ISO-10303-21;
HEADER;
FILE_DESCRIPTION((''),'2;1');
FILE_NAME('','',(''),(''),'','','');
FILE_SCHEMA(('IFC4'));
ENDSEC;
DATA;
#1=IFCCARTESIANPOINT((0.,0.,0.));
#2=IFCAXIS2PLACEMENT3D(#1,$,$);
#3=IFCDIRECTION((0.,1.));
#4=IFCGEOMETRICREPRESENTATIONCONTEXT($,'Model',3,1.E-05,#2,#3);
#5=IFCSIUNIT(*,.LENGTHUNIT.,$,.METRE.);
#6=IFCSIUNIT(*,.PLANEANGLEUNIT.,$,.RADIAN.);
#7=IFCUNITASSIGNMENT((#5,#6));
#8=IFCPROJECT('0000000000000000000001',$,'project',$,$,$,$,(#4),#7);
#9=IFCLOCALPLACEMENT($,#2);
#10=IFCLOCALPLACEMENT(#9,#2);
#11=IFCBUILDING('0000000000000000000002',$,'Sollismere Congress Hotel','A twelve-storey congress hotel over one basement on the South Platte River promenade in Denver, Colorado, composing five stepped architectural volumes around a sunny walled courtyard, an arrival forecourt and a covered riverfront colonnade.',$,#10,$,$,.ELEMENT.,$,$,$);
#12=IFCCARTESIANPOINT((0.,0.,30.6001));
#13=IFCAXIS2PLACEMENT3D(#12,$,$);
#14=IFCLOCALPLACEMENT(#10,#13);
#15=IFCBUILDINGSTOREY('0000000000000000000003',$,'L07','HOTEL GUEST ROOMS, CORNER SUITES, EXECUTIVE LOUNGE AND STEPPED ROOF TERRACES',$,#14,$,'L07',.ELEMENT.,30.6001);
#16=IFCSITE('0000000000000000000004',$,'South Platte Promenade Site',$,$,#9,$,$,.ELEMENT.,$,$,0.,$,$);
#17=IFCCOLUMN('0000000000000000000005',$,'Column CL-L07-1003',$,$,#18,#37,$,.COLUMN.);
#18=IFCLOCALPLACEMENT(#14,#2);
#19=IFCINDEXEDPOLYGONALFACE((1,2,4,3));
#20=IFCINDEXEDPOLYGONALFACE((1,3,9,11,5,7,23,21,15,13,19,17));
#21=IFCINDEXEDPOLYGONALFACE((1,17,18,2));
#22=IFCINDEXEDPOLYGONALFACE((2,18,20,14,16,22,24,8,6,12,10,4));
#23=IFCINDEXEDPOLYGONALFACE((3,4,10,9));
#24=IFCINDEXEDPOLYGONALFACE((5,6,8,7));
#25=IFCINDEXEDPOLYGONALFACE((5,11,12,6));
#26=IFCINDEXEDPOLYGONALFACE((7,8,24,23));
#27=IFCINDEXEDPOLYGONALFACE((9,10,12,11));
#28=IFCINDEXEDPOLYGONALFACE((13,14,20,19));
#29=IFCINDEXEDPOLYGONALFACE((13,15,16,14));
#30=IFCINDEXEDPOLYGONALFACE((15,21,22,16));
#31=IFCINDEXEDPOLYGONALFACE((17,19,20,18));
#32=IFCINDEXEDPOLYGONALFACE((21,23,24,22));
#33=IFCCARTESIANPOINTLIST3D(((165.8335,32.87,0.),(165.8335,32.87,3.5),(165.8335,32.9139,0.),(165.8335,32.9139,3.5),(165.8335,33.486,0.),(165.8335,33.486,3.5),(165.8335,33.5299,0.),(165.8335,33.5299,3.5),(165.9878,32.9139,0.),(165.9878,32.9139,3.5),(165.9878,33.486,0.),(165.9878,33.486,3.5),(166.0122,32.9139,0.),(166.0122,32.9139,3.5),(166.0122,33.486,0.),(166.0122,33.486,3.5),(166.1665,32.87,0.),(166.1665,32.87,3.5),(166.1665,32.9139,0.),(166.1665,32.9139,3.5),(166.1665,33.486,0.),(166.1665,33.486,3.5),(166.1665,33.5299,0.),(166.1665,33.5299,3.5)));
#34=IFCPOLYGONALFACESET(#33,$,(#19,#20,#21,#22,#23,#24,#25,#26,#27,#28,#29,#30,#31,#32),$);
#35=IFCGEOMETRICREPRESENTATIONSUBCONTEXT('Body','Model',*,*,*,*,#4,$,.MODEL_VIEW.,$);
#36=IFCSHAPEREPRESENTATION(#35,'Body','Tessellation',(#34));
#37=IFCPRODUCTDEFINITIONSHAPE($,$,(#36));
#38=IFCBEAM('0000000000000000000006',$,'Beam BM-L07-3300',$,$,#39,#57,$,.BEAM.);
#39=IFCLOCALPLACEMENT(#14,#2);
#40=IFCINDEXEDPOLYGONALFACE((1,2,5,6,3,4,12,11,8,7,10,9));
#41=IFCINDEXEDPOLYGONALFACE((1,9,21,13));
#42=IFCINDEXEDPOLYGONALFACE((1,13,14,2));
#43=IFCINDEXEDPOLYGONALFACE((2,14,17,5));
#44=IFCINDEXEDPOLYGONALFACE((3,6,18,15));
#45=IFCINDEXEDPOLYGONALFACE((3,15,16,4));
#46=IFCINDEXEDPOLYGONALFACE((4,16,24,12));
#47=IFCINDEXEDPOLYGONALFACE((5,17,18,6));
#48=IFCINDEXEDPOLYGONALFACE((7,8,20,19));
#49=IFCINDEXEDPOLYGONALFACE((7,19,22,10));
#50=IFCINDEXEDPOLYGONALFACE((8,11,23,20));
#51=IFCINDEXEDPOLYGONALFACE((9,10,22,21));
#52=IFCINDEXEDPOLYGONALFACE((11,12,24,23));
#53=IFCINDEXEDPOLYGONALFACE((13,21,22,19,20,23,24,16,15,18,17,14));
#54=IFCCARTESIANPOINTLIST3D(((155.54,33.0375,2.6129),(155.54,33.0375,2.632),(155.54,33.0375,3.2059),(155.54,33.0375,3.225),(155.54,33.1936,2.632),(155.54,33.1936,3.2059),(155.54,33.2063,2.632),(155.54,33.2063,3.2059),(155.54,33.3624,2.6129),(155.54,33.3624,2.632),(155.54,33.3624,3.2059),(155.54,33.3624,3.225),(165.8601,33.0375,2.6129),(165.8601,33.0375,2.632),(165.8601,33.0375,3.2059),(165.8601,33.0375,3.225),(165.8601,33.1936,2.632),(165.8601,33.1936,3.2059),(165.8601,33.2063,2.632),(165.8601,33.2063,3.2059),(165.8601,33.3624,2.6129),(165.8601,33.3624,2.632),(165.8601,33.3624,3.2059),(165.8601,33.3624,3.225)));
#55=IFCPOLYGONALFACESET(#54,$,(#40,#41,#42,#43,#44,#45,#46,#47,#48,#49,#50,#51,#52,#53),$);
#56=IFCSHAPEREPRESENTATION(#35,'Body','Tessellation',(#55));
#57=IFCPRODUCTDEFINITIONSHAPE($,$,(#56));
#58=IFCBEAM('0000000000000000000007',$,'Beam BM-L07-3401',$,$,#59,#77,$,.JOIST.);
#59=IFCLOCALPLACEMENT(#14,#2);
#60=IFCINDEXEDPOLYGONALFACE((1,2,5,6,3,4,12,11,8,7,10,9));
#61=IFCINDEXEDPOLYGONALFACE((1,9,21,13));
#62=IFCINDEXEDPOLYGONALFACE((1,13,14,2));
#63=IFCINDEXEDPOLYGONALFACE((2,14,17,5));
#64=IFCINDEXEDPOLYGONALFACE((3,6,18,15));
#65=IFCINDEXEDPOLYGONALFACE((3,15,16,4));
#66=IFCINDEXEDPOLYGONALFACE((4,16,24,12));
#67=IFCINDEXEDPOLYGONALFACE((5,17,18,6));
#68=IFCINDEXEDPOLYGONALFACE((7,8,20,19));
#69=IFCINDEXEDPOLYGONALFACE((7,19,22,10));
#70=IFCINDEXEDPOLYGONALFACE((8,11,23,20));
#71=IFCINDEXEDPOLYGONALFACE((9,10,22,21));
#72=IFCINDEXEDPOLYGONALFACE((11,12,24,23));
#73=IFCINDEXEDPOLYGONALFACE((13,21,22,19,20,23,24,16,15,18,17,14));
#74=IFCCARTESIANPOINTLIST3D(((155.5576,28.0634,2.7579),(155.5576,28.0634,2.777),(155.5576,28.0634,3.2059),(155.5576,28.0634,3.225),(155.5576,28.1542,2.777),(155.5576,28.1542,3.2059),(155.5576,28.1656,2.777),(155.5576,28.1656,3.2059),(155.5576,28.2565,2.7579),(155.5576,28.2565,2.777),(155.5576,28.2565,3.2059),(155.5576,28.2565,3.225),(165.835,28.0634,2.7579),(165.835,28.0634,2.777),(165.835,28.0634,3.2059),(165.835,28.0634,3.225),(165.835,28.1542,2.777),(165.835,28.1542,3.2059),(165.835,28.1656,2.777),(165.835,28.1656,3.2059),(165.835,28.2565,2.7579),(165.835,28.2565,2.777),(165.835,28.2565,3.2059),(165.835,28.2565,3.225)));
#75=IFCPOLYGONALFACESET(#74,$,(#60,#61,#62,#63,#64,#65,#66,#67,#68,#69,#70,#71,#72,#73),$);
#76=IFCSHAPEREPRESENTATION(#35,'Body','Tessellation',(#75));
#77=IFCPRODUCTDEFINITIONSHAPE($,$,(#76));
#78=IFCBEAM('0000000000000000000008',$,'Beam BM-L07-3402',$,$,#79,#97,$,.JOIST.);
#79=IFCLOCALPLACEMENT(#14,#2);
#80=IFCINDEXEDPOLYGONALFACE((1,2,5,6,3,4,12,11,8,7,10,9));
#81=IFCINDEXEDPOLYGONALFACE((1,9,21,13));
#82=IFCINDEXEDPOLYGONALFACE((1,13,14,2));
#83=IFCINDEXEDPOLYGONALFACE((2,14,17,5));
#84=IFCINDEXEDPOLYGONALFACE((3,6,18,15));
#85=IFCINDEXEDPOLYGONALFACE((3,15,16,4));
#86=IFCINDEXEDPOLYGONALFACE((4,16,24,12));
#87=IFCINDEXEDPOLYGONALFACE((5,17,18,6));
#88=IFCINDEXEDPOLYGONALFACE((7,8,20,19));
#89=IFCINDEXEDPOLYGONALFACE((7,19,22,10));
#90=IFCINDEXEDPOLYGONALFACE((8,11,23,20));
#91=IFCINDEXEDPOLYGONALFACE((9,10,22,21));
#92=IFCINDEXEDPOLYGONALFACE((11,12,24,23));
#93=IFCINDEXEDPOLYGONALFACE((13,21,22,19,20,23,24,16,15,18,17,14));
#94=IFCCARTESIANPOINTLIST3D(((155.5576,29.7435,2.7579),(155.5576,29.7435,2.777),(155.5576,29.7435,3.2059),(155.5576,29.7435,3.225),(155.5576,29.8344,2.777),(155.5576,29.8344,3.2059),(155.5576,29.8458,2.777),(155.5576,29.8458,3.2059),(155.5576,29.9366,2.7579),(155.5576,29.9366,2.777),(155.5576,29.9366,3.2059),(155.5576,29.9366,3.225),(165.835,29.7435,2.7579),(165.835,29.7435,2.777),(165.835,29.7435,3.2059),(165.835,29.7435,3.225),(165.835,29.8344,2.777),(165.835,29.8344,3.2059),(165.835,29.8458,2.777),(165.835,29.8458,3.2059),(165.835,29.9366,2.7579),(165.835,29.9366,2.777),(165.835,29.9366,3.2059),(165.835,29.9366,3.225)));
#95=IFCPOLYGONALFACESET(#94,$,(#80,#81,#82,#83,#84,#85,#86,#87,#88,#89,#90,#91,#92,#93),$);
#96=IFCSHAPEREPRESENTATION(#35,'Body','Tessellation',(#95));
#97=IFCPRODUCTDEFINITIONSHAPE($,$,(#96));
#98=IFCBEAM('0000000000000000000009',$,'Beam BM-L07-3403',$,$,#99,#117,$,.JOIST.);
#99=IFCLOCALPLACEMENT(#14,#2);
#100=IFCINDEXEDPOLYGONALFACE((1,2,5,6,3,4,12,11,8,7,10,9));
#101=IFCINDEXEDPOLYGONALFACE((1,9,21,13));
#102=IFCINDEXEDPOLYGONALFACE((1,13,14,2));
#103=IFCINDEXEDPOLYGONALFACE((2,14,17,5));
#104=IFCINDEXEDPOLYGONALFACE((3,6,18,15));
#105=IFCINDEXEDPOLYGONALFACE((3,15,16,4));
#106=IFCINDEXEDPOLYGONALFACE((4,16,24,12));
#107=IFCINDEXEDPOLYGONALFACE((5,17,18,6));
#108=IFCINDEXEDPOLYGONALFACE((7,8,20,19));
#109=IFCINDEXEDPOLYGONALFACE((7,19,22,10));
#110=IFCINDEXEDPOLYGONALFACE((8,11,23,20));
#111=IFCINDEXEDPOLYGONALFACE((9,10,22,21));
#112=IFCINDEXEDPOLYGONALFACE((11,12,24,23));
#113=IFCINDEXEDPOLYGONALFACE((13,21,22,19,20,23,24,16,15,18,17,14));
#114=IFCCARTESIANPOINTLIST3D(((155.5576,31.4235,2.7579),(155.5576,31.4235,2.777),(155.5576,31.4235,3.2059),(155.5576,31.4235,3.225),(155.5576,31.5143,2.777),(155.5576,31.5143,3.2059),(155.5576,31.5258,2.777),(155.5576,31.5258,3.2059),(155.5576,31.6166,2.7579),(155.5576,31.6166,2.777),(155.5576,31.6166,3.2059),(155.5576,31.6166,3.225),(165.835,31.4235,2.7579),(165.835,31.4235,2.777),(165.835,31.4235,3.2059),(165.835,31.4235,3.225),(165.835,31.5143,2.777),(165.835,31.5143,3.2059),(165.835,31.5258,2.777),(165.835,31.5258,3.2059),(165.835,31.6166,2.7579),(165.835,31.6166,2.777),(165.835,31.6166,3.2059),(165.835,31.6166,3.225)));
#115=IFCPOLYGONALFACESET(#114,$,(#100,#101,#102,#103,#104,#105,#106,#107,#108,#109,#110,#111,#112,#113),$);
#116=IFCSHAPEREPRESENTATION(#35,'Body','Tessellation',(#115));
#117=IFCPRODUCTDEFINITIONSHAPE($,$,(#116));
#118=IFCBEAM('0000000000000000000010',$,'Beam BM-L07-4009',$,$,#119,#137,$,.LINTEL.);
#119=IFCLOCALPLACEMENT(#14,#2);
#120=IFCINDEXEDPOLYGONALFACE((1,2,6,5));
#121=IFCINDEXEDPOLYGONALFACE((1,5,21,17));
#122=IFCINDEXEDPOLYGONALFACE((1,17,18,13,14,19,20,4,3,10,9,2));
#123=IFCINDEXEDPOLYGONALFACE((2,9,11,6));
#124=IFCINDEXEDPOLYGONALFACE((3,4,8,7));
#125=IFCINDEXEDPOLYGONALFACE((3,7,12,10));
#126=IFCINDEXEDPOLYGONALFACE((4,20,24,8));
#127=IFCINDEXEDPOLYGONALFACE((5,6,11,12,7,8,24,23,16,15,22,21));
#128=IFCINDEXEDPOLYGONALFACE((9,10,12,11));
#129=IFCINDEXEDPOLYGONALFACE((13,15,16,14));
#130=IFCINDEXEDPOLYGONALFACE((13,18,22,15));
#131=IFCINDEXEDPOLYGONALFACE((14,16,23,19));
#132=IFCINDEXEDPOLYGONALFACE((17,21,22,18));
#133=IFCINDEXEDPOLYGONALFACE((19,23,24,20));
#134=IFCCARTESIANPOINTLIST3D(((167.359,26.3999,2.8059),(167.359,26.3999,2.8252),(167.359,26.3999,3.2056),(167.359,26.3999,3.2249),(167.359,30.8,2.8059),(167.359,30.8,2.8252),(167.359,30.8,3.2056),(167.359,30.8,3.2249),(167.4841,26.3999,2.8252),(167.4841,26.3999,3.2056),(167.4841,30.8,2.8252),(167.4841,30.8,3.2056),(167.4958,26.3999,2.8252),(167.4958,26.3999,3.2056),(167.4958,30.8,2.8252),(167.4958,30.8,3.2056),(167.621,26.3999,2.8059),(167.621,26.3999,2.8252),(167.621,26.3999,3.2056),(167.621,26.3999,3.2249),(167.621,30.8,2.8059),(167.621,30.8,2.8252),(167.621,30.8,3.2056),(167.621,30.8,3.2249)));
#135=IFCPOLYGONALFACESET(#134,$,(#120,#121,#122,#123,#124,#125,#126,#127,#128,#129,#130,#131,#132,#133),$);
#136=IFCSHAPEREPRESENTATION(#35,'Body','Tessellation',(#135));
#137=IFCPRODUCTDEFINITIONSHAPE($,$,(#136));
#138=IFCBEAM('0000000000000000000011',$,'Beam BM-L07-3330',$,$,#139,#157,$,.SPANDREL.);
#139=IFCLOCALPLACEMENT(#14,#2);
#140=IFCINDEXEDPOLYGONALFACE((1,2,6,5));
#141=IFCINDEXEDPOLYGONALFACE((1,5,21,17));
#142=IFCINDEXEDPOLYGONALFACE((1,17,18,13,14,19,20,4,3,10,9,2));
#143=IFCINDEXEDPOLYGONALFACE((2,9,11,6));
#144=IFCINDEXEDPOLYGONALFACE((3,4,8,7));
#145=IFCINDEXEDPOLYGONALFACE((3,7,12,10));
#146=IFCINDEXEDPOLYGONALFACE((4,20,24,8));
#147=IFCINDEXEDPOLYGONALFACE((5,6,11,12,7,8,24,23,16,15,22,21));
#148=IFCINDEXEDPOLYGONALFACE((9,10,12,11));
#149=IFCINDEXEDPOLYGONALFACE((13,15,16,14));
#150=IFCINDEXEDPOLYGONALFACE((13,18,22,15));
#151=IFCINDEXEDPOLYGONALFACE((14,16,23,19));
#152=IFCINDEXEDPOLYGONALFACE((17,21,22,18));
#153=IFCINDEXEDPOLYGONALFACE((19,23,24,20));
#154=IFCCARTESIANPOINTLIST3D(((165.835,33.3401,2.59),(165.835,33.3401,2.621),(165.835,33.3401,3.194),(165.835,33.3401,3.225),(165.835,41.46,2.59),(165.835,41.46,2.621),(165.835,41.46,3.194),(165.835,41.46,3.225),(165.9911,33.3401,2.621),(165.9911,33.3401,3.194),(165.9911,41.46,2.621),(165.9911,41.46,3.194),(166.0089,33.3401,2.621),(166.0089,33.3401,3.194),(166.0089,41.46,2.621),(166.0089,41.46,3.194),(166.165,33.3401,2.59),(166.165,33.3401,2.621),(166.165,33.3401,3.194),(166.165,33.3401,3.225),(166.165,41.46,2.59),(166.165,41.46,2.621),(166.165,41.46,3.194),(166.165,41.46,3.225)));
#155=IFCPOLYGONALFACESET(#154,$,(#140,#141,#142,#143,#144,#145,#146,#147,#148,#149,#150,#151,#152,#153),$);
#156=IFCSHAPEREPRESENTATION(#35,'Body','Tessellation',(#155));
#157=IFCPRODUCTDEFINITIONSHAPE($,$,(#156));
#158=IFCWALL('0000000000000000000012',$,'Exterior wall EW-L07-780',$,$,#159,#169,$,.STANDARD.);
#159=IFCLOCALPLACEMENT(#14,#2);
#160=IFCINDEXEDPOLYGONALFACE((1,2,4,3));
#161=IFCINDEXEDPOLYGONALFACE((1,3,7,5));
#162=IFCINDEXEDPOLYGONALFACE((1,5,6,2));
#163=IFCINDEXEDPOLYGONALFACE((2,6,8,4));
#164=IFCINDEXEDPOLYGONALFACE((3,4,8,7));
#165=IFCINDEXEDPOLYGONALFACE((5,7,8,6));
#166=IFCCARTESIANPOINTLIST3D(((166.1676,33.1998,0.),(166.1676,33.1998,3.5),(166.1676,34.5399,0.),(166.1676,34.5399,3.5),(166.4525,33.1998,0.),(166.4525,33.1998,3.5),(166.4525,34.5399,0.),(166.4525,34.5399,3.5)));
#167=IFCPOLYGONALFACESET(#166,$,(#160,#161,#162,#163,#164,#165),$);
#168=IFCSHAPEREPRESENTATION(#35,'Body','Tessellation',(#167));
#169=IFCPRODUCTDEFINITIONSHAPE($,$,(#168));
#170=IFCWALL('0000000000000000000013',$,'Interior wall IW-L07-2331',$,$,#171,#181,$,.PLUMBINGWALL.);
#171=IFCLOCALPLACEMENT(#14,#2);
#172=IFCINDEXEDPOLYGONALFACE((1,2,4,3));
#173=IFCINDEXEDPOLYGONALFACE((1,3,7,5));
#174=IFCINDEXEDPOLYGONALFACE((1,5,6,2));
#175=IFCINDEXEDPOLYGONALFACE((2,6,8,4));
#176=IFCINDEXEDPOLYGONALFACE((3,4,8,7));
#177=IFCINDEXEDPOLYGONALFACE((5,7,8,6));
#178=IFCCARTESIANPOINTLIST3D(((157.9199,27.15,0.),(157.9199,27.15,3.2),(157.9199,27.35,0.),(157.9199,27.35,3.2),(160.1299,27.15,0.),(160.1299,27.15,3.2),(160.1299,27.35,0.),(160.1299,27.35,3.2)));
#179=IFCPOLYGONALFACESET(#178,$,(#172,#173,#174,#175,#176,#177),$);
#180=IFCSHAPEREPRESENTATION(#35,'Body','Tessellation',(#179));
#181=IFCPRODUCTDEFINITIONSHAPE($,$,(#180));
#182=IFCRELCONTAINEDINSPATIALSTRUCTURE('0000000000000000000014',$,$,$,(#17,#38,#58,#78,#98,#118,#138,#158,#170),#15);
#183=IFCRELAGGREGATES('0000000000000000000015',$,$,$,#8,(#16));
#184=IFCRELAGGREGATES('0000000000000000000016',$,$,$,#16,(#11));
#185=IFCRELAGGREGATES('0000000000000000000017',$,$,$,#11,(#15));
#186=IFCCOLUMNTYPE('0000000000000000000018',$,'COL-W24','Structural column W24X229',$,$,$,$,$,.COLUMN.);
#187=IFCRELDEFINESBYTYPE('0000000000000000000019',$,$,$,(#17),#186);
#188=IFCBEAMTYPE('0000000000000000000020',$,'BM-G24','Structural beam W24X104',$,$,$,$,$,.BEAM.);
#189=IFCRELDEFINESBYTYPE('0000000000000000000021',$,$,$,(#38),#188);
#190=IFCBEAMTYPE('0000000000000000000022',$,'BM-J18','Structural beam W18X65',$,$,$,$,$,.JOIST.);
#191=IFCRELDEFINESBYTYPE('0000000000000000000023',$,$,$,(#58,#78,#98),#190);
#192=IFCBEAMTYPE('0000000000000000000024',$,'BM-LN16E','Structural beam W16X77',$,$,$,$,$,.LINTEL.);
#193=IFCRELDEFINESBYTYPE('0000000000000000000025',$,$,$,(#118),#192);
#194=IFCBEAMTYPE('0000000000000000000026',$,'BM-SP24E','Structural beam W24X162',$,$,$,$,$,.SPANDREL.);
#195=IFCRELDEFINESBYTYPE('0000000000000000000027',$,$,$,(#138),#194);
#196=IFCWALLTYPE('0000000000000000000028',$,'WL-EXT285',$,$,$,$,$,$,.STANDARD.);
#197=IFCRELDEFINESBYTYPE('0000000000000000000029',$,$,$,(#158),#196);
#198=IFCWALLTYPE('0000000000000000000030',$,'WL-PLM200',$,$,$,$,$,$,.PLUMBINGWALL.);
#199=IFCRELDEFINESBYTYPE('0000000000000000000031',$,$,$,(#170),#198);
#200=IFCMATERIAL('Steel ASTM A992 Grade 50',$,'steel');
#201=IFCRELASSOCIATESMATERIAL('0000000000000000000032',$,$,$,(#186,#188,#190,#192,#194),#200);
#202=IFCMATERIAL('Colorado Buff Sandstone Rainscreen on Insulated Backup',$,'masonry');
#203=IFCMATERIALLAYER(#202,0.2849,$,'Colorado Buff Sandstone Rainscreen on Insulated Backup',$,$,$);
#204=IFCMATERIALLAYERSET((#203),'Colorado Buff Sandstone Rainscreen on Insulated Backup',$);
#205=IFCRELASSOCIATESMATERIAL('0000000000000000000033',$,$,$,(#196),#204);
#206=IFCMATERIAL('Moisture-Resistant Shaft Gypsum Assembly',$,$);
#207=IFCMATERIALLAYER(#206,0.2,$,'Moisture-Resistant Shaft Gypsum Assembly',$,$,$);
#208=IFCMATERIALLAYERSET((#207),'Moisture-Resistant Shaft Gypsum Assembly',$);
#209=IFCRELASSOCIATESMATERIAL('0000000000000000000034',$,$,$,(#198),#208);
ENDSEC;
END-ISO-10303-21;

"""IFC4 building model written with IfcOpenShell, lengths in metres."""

from ifc_helpers import new_model, si_unit, direction, frame, frame_2d, origin, origin_2d, place, context, subcontext, project, spatial, rectangle, i_section, extrude, material, layer, layer_set, material_profile, profile_set, type_object, element, save


model = new_model("IFC4")

# Units and contexts
model_context = context("Model", 3, precision=1e-05, world=origin(), true_north=direction((0.0, 1.0)))
body_context = subcontext(model_context, "Body", "Model", "MODEL_VIEW")
ifc_project = project(units=[si_unit("LENGTHUNIT", "METRE"), si_unit("PLANEANGLEUNIT", "RADIAN")], contexts=[model_context])

# Site, building, storey
site_placement = place(None, origin())
site = spatial("IfcSite", under=ifc_project, at=site_placement, Name="South Platte Promenade Site", CompositionType="ELEMENT", RefElevation=0.0)
building_placement = place(site_placement, origin())
building = spatial("IfcBuilding", under=site, at=building_placement, Name="Sollismere Congress Hotel", Description="A twelve-storey congress hotel over one basement on the South Platte River promenade in Denver, Colorado, composing five stepped architectural volumes around a sunny walled courtyard, an arrival forecourt and a covered riverfront colonnade.", CompositionType="ELEMENT")
storey_placement = place(building_placement, frame((0.0, 0.0, 30.6001)))
storey = spatial("IfcBuildingStorey", under=building, at=storey_placement, Name="L07", Description="HOTEL GUEST ROOMS, CORNER SUITES, EXECUTIVE LOUNGE AND STEPPED ROOF TERRACES", LongName="L07", CompositionType="ELEMENT", Elevation=30.6001)

# Column
ifc_material_1 = material(Name="Steel ASTM A992 Grade 50", Category="steel")
ifc_material_profile_1 = material_profile(ifc_material_1, i_section(OverallWidth=0.333, OverallDepth=0.6599, WebThickness=0.0244, FlangeThickness=0.0439, at=origin_2d()), Name="W24X229")
ifc_profile_set_1 = profile_set([ifc_material_profile_1], Name="Steel ASTM A992 Grade 50")
column_type = type_object("IfcColumnType", Name="COL-W24", Description="Structural column W24X229", PredefinedType="COLUMN", material=ifc_profile_set_1)
column_placement = place(storey_placement, frame((166.0, 33.2, 0.0), z_axis=(0.0, 0.0, 1.0), x_axis=(1.0, 0.0, 0.0)))
element("IfcColumn", 1, at=column_placement, inside=storey, type_object=column_type, Name="Column CL-L07-1003", PredefinedType="COLUMN", context=body_context, shape_type="SweptSolid", body=[
    extrude(i_section(OverallWidth=0.333, OverallDepth=0.6599, WebThickness=0.0244, FlangeThickness=0.0439, at=origin_2d()), origin(), (0.0, 0.0, 1.0), 3.5),
])

# Beams
ifc_material_profile_2 = material_profile(ifc_material_1, i_section(OverallWidth=0.325, OverallDepth=0.6121, WebThickness=0.0127, FlangeThickness=0.019, at=origin_2d()), Name="W24X104")
ifc_profile_set_2 = profile_set([ifc_material_profile_2], Name="Steel ASTM A992 Grade 50")
beam_type_1 = type_object("IfcBeamType", Name="BM-G24", Description="Structural beam W24X104", PredefinedType="BEAM", material=ifc_profile_set_2)
beam_1_placement = place(storey_placement, frame((155.54, 33.2, 2.9189), z_axis=(1.0, 0.0, 0.0), x_axis=(0.0, 1.0, 0.0)))
element("IfcBeam", 2, at=beam_1_placement, inside=storey, type_object=beam_type_1, Name="Beam BM-L07-3300", PredefinedType="BEAM", context=body_context, shape_type="SweptSolid", body=[
    extrude(i_section(OverallWidth=0.325, OverallDepth=0.6121, WebThickness=0.0127, FlangeThickness=0.019, at=origin_2d()), origin(), (0.0, 0.0, 1.0), 10.3201),
])
ifc_material_profile_3 = material_profile(ifc_material_1, i_section(OverallWidth=0.1931, OverallDepth=0.467, WebThickness=0.0115, FlangeThickness=0.019, at=origin_2d()), Name="W18X65")
ifc_profile_set_3 = profile_set([ifc_material_profile_3], Name="Steel ASTM A992 Grade 50")
beam_type_2 = type_object("IfcBeamType", Name="BM-J18", Description="Structural beam W18X65", PredefinedType="JOIST", material=ifc_profile_set_3)
for number, where, z_axis, x_axis, name in (
    (3, (155.5576, 28.1599, 2.9915), (1.0, 0.0, 0.0), (0.0, 1.0, 0.0), "Beam BM-L07-3401"),
    (4, (155.5576, 29.8401, 2.9915), (1.0, 0.0, 0.0), (0.0, 1.0, 0.0), "Beam BM-L07-3402"),
    (5, (155.5576, 31.52, 2.9915), (1.0, 0.0, 0.0), (0.0, 1.0, 0.0), "Beam BM-L07-3403"),
):
    element("IfcBeam", number, at=place(storey_placement, frame(where, z_axis=z_axis, x_axis=x_axis)), inside=storey, type_object=beam_type_2, Name=name, PredefinedType="JOIST", context=body_context, shape_type="SweptSolid", body=[
        extrude(i_section(OverallWidth=0.1931, OverallDepth=0.467, WebThickness=0.0115, FlangeThickness=0.019, at=origin_2d()), origin(), (0.0, 0.0, 1.0), 10.2773),
    ])
ifc_material_profile_4 = material_profile(ifc_material_1, i_section(OverallWidth=0.262, OverallDepth=0.4189, WebThickness=0.0117, FlangeThickness=0.0193, at=origin_2d()), Name="W16X77")
ifc_profile_set_4 = profile_set([ifc_material_profile_4], Name="Steel ASTM A992 Grade 50")
beam_type_3 = type_object("IfcBeamType", Name="BM-LN16E", Description="Structural beam W16X77", PredefinedType="LINTEL", material=ifc_profile_set_4)
beam_2_placement = place(storey_placement, frame((167.49, 26.3999, 3.0154), z_axis=(0.0, 1.0, 0.0), x_axis=(-1.0, 0.0, 0.0)))
element("IfcBeam", 6, at=beam_2_placement, inside=storey, type_object=beam_type_3, Name="Beam BM-L07-4009", PredefinedType="LINTEL", context=body_context, shape_type="SweptSolid", body=[
    extrude(i_section(OverallWidth=0.262, OverallDepth=0.4189, WebThickness=0.0117, FlangeThickness=0.0193, at=origin_2d()), origin(), (0.0, 0.0, 1.0), 4.4001),
])
ifc_material_profile_5 = material_profile(ifc_material_1, i_section(OverallWidth=0.3301, OverallDepth=0.635, WebThickness=0.0178, FlangeThickness=0.031, at=origin_2d()), Name="W24X162")
ifc_profile_set_5 = profile_set([ifc_material_profile_5], Name="Steel ASTM A992 Grade 50")
beam_type_4 = type_object("IfcBeamType", Name="BM-SP24E", Description="Structural beam W24X162", PredefinedType="SPANDREL", material=ifc_profile_set_5)
beam_3_placement = place(storey_placement, frame((166.0, 33.3401, 2.9075), z_axis=(0.0, 1.0, 0.0), x_axis=(-1.0, 0.0, 0.0)))
element("IfcBeam", 7, at=beam_3_placement, inside=storey, type_object=beam_type_4, Name="Beam BM-L07-3330", PredefinedType="SPANDREL", context=body_context, shape_type="SweptSolid", body=[
    extrude(i_section(OverallWidth=0.3301, OverallDepth=0.635, WebThickness=0.0178, FlangeThickness=0.031, at=origin_2d()), origin(), (0.0, 0.0, 1.0), 8.1199),
])

# Walls
ifc_material_2 = material(Name="Colorado Buff Sandstone Rainscreen on Insulated Backup", Category="masonry")
ifc_layer_1 = layer(ifc_material_2, 0.2849, Name="Colorado Buff Sandstone Rainscreen on Insulated Backup")
ifc_layer_set_1 = layer_set([ifc_layer_1], Name="Colorado Buff Sandstone Rainscreen on Insulated Backup")
wall_type_1 = type_object("IfcWallType", Name="WL-EXT285", PredefinedType="STANDARD", material=ifc_layer_set_1)
wall_1_placement = place(storey_placement, frame((166.3101, 33.2, 0.0), z_axis=(0.0, 0.0, 1.0), x_axis=(0.0, 1.0, 0.0)))
element("IfcWall", 8, at=wall_1_placement, inside=storey, type_object=wall_type_1, Name="Exterior wall EW-L07-780", PredefinedType="STANDARD", context=body_context, shape_type="SweptSolid", body=[
    extrude(rectangle(XDim=1.3401, YDim=0.2849, at=frame_2d((0.6699, 0.0))), origin(), (0.0, 0.0, 1.0), 3.5),
])
ifc_material_3 = material(Name="Moisture-Resistant Shaft Gypsum Assembly")
ifc_layer_2 = layer(ifc_material_3, 0.2, Name="Moisture-Resistant Shaft Gypsum Assembly")
ifc_layer_set_2 = layer_set([ifc_layer_2], Name="Moisture-Resistant Shaft Gypsum Assembly")
wall_type_2 = type_object("IfcWallType", Name="WL-PLM200", PredefinedType="PLUMBINGWALL", material=ifc_layer_set_2)
wall_2_placement = place(storey_placement, frame((157.9199, 27.25, 0.0), z_axis=(0.0, 0.0, 1.0), x_axis=(1.0, 0.0, 0.0)))
element("IfcWall", 9, at=wall_2_placement, inside=storey, type_object=wall_type_2, Name="Interior wall IW-L07-2331", PredefinedType="PLUMBINGWALL", context=body_context, shape_type="SweptSolid", body=[
    extrude(rectangle(XDim=2.21, YDim=0.2, at=frame_2d((1.105, 0.0))), origin(), (0.0, 0.0, 1.0), 3.2),
])

save(model, "model.ifc")
